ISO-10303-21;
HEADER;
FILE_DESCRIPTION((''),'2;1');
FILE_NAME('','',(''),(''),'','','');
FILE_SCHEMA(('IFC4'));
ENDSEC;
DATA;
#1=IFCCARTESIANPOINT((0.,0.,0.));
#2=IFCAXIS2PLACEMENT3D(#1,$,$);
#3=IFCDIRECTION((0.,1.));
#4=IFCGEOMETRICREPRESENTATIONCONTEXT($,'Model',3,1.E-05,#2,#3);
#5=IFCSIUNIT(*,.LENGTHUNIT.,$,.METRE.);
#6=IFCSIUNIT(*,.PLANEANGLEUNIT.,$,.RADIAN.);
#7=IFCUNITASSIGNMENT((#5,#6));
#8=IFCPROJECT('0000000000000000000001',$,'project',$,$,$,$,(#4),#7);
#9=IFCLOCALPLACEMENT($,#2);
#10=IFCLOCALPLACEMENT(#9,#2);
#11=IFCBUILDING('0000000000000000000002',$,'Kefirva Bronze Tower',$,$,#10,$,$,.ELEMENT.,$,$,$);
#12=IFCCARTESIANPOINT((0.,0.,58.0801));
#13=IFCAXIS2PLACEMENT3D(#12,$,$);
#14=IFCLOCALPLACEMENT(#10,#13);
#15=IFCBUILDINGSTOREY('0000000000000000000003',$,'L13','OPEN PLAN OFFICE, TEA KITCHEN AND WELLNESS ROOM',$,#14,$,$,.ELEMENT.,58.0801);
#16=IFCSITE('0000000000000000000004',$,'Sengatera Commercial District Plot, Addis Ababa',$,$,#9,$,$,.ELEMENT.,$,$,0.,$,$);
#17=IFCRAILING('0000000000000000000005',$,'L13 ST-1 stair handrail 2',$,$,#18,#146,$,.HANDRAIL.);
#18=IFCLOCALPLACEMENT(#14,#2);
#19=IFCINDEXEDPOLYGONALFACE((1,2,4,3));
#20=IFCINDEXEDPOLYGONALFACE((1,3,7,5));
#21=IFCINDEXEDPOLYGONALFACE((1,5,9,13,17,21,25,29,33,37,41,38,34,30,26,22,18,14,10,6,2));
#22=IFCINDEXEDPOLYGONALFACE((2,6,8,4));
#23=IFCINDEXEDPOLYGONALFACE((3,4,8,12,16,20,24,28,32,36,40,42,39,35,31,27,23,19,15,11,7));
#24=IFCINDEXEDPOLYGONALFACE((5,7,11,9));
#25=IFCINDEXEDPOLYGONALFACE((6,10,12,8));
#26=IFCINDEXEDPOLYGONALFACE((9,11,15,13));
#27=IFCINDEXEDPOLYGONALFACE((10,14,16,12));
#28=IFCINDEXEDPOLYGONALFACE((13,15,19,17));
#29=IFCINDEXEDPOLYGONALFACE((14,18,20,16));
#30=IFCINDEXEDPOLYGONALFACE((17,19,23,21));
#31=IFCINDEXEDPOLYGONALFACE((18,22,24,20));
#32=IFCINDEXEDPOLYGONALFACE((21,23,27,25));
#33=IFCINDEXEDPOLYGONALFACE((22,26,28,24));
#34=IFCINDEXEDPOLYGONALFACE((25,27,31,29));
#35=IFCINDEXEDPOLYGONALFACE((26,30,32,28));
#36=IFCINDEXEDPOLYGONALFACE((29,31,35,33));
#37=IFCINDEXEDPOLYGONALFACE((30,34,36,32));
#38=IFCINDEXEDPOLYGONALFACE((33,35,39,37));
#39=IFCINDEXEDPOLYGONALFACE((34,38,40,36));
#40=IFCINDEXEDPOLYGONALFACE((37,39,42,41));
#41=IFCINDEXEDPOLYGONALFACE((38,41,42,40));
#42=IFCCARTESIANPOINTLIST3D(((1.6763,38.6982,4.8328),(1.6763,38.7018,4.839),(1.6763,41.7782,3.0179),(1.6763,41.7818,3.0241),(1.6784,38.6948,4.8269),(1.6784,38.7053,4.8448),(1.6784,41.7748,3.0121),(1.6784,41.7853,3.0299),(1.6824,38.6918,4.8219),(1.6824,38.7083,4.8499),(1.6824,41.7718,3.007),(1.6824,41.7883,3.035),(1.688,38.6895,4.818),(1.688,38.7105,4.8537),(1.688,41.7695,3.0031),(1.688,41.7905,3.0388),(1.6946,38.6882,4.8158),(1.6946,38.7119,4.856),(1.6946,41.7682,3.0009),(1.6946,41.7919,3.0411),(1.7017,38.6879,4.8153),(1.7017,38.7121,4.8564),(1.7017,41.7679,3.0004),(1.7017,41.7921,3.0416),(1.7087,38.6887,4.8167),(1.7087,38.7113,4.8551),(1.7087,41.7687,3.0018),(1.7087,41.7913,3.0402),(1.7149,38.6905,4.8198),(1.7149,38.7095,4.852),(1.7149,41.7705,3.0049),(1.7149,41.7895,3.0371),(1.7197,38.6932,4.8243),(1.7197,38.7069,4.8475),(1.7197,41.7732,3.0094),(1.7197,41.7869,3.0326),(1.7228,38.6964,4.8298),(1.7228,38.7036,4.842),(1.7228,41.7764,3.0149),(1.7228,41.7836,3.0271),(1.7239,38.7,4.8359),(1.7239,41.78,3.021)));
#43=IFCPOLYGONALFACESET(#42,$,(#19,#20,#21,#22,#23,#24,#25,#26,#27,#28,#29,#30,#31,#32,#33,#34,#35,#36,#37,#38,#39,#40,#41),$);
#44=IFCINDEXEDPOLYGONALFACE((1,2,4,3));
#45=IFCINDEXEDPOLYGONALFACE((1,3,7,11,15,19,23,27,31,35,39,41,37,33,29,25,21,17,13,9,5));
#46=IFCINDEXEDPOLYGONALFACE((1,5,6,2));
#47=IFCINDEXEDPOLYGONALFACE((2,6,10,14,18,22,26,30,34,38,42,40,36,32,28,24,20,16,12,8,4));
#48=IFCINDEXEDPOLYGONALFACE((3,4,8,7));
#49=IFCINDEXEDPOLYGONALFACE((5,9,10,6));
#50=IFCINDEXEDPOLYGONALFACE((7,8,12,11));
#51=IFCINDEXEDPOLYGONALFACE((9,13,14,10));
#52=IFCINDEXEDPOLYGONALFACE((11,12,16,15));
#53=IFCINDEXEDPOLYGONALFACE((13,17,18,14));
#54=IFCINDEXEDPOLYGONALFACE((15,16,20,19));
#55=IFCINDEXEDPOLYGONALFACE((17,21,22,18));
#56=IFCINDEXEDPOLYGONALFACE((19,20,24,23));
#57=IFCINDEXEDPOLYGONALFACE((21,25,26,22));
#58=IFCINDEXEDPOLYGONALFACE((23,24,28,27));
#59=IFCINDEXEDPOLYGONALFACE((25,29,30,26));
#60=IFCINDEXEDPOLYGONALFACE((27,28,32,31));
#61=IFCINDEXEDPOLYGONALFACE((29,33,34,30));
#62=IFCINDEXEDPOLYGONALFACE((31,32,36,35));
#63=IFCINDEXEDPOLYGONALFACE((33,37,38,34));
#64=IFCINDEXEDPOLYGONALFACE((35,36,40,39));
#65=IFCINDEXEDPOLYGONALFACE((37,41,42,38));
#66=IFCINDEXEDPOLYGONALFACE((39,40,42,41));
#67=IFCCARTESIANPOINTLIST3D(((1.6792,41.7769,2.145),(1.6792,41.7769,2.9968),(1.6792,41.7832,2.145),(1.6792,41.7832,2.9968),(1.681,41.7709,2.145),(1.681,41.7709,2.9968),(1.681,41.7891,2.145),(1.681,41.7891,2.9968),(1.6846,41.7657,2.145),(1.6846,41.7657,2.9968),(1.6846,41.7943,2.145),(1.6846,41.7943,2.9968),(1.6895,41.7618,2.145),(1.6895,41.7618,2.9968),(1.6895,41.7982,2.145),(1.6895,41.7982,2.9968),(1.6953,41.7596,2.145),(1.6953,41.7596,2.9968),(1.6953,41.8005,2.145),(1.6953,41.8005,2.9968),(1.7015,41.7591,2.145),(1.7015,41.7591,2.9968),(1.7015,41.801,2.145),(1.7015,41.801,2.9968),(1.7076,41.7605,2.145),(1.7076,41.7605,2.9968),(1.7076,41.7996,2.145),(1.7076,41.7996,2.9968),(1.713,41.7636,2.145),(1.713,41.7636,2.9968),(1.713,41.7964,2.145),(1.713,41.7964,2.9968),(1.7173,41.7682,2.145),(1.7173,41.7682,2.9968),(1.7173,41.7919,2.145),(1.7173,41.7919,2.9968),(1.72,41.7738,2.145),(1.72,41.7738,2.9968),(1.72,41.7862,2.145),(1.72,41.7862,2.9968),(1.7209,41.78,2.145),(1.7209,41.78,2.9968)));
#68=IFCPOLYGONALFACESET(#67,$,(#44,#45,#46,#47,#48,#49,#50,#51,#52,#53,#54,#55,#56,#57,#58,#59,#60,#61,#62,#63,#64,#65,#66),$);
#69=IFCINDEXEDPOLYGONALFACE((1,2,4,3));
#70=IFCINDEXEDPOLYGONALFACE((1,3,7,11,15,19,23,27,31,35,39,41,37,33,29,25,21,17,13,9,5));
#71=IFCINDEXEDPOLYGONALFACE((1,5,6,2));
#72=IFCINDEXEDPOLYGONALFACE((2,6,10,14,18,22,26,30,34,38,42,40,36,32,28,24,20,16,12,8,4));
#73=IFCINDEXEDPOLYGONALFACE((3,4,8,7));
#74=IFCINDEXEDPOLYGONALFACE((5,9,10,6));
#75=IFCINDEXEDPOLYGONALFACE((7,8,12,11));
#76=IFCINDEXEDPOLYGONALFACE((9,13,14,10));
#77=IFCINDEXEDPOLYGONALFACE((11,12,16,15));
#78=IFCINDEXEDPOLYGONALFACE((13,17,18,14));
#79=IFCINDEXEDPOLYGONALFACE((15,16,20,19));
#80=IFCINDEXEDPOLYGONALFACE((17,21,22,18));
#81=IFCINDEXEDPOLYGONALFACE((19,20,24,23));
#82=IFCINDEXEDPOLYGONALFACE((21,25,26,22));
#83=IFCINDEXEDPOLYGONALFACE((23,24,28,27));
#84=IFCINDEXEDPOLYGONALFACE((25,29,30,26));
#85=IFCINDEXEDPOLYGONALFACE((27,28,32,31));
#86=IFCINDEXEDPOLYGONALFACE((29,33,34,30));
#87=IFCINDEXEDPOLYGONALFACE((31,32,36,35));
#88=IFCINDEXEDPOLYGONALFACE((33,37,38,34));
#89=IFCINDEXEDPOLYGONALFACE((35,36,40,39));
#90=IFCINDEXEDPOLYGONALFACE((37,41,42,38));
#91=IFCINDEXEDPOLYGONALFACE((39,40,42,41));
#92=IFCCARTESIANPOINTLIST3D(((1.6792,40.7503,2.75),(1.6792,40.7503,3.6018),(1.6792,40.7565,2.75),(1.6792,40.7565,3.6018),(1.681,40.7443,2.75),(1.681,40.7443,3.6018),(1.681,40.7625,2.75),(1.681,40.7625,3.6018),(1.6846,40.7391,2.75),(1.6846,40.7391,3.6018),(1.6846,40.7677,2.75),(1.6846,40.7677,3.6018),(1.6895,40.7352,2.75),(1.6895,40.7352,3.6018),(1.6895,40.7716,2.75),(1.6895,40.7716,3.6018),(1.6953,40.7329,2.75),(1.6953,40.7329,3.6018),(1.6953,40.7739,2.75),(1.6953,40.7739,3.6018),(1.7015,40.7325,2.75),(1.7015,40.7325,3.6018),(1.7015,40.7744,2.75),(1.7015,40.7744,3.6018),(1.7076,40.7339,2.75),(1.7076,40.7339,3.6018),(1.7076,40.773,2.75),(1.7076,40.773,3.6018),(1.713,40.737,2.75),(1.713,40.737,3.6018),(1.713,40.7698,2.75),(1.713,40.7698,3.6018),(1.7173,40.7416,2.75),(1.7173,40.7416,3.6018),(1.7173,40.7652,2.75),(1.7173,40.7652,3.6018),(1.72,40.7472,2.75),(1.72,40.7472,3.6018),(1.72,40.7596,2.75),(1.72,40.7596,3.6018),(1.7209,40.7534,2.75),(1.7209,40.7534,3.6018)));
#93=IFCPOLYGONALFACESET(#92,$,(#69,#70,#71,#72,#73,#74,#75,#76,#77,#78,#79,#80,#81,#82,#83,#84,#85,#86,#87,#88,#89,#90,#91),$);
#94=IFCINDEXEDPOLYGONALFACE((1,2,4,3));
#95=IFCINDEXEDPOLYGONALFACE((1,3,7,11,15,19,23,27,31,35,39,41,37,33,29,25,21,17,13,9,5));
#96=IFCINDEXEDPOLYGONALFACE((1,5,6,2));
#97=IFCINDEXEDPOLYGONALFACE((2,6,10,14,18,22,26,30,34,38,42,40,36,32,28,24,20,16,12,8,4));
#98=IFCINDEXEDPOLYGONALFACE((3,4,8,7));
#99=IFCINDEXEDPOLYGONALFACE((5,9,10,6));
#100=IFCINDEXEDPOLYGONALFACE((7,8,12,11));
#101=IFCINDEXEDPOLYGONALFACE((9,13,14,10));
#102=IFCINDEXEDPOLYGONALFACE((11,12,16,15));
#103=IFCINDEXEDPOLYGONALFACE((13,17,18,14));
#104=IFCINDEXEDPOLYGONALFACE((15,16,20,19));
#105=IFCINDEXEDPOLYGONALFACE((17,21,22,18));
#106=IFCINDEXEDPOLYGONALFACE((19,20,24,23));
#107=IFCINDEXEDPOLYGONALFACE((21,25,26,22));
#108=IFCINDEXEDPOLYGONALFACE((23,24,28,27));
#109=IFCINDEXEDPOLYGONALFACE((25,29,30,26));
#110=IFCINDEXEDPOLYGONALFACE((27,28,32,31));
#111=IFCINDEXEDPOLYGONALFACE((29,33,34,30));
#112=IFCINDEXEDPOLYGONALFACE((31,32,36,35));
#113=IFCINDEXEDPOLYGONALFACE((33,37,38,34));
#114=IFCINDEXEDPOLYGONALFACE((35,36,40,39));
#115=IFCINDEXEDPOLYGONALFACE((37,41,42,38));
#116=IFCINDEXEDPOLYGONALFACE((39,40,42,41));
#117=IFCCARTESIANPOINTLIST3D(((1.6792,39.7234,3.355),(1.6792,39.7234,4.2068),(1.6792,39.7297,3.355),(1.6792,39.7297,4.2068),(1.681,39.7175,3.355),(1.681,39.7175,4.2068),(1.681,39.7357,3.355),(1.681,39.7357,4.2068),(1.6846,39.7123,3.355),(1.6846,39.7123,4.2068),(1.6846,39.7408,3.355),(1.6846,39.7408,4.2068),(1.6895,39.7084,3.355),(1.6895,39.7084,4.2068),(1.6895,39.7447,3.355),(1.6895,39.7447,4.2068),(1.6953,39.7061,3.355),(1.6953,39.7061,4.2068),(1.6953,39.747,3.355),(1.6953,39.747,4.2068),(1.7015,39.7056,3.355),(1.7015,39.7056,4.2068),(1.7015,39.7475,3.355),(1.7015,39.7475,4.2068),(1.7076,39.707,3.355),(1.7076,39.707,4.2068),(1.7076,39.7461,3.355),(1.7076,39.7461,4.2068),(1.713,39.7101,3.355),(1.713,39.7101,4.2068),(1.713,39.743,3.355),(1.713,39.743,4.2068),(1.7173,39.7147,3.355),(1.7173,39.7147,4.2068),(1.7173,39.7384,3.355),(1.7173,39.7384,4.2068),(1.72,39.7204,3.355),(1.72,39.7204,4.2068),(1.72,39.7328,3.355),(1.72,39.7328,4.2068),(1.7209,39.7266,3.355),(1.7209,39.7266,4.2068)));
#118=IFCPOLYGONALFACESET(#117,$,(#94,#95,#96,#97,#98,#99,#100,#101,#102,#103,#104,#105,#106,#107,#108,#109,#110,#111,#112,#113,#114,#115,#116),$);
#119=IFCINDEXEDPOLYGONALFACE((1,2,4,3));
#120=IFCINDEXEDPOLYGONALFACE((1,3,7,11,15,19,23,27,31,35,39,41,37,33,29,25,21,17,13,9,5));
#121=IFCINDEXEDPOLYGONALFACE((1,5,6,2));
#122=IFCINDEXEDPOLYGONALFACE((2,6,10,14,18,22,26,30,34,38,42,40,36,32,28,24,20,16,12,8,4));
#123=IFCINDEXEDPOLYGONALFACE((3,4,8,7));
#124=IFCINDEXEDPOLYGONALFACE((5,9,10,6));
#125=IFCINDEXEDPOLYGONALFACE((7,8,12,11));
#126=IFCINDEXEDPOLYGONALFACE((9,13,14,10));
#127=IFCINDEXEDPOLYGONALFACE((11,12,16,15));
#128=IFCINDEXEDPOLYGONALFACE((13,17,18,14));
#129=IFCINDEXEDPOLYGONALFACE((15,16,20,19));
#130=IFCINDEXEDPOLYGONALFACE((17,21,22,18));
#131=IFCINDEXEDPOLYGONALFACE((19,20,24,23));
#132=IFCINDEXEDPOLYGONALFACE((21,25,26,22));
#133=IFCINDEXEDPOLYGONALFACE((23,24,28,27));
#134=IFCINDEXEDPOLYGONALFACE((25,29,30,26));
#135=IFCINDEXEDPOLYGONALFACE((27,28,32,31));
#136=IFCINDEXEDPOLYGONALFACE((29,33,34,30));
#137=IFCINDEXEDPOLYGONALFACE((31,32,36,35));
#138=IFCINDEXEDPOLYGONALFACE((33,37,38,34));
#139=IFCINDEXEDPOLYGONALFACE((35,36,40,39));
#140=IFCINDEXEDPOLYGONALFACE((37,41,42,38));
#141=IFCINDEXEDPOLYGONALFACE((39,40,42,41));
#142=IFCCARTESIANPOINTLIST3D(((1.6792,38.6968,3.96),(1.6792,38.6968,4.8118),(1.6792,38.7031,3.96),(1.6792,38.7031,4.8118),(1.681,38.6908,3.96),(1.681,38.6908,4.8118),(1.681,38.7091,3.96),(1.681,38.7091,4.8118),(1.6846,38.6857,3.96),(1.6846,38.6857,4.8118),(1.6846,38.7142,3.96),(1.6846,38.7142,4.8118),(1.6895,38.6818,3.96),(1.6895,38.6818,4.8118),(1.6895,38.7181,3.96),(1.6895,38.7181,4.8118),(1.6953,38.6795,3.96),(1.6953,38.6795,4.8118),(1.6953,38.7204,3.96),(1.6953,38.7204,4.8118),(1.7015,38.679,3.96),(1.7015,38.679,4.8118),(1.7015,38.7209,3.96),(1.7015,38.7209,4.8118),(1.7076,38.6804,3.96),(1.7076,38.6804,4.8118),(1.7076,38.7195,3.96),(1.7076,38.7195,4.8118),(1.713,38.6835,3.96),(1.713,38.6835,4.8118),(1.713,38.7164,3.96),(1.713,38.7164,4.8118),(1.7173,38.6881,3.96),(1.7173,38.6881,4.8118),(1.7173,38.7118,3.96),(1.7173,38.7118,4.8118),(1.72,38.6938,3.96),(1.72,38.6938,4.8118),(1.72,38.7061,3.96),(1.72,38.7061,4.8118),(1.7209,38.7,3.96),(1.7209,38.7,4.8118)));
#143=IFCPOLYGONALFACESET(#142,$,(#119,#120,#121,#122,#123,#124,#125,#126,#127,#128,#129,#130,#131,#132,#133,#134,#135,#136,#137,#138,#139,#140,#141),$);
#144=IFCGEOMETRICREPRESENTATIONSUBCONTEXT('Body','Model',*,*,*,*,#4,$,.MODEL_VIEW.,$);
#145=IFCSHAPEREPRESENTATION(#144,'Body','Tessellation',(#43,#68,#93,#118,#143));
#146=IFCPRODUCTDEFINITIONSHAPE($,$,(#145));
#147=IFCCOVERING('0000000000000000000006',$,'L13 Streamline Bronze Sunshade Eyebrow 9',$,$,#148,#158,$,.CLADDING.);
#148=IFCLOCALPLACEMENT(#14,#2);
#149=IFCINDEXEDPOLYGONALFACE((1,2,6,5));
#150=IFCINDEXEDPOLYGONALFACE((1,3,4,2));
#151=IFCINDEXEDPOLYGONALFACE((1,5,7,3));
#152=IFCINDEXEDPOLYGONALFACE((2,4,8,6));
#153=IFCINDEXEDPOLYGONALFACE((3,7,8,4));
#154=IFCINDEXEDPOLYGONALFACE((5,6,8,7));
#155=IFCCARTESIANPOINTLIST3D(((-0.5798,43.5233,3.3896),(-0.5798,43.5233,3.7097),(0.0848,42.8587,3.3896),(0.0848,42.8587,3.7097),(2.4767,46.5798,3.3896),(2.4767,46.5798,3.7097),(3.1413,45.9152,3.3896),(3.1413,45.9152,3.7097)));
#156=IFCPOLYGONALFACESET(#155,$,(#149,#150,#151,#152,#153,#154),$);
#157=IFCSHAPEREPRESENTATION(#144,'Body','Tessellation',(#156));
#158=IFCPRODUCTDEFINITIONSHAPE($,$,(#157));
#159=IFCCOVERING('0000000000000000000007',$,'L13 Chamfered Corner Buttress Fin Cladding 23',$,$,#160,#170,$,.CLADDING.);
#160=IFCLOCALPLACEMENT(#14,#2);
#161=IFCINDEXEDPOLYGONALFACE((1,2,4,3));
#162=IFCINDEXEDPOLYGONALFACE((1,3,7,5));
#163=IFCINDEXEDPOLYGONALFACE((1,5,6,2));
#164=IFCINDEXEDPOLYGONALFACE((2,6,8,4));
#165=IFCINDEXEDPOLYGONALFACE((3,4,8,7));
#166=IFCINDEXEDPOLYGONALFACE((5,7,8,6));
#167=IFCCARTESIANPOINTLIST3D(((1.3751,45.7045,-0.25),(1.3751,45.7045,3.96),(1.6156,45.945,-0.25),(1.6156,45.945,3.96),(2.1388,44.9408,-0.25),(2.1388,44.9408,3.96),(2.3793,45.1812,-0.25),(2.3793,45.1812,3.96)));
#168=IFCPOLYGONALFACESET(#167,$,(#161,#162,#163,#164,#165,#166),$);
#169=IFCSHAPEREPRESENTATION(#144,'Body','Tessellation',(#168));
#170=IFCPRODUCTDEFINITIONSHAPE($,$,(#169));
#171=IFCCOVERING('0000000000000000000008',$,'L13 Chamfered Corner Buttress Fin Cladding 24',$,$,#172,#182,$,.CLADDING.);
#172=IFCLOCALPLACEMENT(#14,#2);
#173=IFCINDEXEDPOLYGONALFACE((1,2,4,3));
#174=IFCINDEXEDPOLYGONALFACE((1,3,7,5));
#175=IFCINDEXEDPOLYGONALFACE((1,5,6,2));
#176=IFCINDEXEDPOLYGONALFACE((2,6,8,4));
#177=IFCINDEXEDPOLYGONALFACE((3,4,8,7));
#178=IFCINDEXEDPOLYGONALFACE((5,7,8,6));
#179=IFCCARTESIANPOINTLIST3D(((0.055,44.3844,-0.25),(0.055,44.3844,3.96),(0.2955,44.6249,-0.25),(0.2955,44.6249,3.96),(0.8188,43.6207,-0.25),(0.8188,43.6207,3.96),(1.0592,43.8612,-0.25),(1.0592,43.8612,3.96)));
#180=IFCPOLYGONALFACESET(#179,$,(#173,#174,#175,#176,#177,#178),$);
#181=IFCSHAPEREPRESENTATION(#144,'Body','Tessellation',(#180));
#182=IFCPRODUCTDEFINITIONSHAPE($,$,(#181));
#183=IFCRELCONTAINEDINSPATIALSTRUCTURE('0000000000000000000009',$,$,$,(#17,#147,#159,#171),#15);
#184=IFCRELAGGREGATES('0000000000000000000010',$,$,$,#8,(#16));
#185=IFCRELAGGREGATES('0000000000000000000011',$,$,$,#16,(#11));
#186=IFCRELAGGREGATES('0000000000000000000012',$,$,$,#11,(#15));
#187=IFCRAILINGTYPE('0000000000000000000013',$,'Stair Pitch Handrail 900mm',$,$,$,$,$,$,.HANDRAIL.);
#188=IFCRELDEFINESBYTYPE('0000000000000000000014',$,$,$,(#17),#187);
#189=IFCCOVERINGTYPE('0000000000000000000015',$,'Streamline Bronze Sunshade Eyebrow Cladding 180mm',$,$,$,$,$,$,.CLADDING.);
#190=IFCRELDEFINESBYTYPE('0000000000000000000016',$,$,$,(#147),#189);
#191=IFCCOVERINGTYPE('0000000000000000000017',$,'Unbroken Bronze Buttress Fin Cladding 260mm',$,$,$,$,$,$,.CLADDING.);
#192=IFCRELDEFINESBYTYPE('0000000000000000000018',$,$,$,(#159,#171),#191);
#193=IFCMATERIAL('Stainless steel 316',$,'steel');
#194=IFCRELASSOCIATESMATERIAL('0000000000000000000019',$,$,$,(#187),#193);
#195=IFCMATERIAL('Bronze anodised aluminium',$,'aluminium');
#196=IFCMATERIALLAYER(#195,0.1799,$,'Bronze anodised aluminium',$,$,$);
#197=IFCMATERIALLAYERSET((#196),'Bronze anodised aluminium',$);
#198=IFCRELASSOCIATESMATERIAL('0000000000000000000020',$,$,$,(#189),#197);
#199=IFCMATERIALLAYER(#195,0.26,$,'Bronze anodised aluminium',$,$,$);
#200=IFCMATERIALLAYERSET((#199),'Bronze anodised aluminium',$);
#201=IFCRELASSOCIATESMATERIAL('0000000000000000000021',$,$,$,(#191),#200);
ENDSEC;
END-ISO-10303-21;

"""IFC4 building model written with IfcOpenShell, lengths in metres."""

from ifc_helpers import new_model, si_unit, direction, frame, origin, origin_2d, place, context, subcontext, project, spatial, rectangle, circle, extrude, material, layer, layer_set, type_object, element, save


model = new_model("IFC4")

# Units and contexts
model_context = context("Model", 3, precision=1e-05, world=origin(), true_north=direction((0.0, 1.0)))
body_context = subcontext(model_context, "Body", "Model", "MODEL_VIEW")
ifc_project = project(units=[si_unit("LENGTHUNIT", "METRE"), si_unit("PLANEANGLEUNIT", "RADIAN")], contexts=[model_context])

# Site, building, storey
site_placement = place(None, origin())
site = spatial("IfcSite", under=ifc_project, at=site_placement, Name="Sengatera Commercial District Plot, Addis Ababa", CompositionType="ELEMENT", RefElevation=0.0)
building_placement = place(site_placement, origin())
building = spatial("IfcBuilding", under=site, at=building_placement, Name="Kefirva Bronze Tower", CompositionType="ELEMENT")
storey_placement = place(building_placement, frame((0.0, 0.0, 58.0801)))
storey = spatial("IfcBuildingStorey", under=building, at=storey_placement, Name="L13", Description="OPEN PLAN OFFICE, TEA KITCHEN AND WELLNESS ROOM", CompositionType="ELEMENT", Elevation=58.0801)

# Shared definitions
ifc_material_1 = material(Name="Bronze anodised aluminium", Category="aluminium")

# Shared definitions
ifc_material_2 = material(Name="Stainless steel 316", Category="steel")

# Railing
railing_type_1 = type_object("IfcRailingType", Name="Stair Pitch Handrail 900mm", PredefinedType="HANDRAIL", material=ifc_material_2)
railing_1_placement = place(storey_placement, frame((1.7, 41.78, 2.145)))
element("IfcRailing", 1, at=railing_1_placement, inside=storey, type_object=railing_type_1, Name="L13 ST-1 stair handrail 2", PredefinedType="HANDRAIL", context=body_context, shape_type="SweptSolid", body=[
    extrude(circle(Radius=0.0239, at=origin_2d()), frame((0.0, 0.0, 0.876), z_axis=(0.0, -0.861551, 0.507671), x_axis=(1.0, 0.0, 0.0)), (0.0, 0.0, 1.0), 3.575),
    extrude(circle(Radius=0.021, at=origin_2d()), origin(), (0.0, 0.0, 1.0), 0.8518),
    extrude(circle(Radius=0.021, at=origin_2d()), frame((0.0, -1.0266, 0.605)), (0.0, 0.0, 1.0), 0.8518),
    extrude(circle(Radius=0.021, at=origin_2d()), frame((0.0, -2.0535, 1.21)), (0.0, 0.0, 1.0), 0.8518),
    extrude(circle(Radius=0.021, at=origin_2d()), frame((0.0, -3.0801, 1.8149)), (0.0, 0.0, 1.0), 0.8518),
])

# Coverings
ifc_layer_1 = layer(ifc_material_1, 0.1799, Name="Bronze anodised aluminium")
ifc_layer_set_1 = layer_set([ifc_layer_1], Name="Bronze anodised aluminium")
covering_type_1 = type_object("IfcCoveringType", Name="Streamline Bronze Sunshade Eyebrow Cladding 180mm", PredefinedType="CLADDING", material=ifc_layer_set_1)
covering_1_placement = place(storey_placement, frame((1.2808, 44.7192, 3.3896), z_axis=(0.0, 0.0, 1.0), x_axis=(-0.707107, -0.707107, 0.0)))
element("IfcCovering", 2, at=covering_1_placement, inside=storey, type_object=covering_type_1, Name="L13 Streamline Bronze Sunshade Eyebrow 9", PredefinedType="CLADDING", context=body_context, shape_type="SweptSolid", body=[
    extrude(rectangle(XDim=4.3225, YDim=0.9399, at=origin_2d()), origin(), (0.0, 0.0, 1.0), 0.3201),
])
ifc_layer_2 = layer(ifc_material_1, 0.26, Name="Bronze anodised aluminium")
ifc_layer_set_2 = layer_set([ifc_layer_2], Name="Bronze anodised aluminium")
covering_type_2 = type_object("IfcCoveringType", Name="Unbroken Bronze Buttress Fin Cladding 260mm", PredefinedType="CLADDING", material=ifc_layer_set_2)
for number, where, z_axis, x_axis, name in (
    (3, (1.8772, 45.4429, -0.25), (0.0, 0.0, 1.0), (-0.707107, -0.707107, 0.0), "L13 Chamfered Corner Buttress Fin Cladding 23"),
    (4, (0.5571, 44.1228, -0.25), (0.0, 0.0, 1.0), (-0.707107, -0.707107, 0.0), "L13 Chamfered Corner Buttress Fin Cladding 24"),
):
    element("IfcCovering", number, at=place(storey_placement, frame(where, z_axis=z_axis, x_axis=x_axis)), inside=storey, type_object=covering_type_2, Name=name, PredefinedType="CLADDING", context=body_context, shape_type="SweptSolid", body=[
        extrude(rectangle(XDim=0.3401, YDim=1.0801, at=origin_2d()), origin(), (0.0, 0.0, 1.0), 4.21),
    ])

save(model, "model.ifc")
